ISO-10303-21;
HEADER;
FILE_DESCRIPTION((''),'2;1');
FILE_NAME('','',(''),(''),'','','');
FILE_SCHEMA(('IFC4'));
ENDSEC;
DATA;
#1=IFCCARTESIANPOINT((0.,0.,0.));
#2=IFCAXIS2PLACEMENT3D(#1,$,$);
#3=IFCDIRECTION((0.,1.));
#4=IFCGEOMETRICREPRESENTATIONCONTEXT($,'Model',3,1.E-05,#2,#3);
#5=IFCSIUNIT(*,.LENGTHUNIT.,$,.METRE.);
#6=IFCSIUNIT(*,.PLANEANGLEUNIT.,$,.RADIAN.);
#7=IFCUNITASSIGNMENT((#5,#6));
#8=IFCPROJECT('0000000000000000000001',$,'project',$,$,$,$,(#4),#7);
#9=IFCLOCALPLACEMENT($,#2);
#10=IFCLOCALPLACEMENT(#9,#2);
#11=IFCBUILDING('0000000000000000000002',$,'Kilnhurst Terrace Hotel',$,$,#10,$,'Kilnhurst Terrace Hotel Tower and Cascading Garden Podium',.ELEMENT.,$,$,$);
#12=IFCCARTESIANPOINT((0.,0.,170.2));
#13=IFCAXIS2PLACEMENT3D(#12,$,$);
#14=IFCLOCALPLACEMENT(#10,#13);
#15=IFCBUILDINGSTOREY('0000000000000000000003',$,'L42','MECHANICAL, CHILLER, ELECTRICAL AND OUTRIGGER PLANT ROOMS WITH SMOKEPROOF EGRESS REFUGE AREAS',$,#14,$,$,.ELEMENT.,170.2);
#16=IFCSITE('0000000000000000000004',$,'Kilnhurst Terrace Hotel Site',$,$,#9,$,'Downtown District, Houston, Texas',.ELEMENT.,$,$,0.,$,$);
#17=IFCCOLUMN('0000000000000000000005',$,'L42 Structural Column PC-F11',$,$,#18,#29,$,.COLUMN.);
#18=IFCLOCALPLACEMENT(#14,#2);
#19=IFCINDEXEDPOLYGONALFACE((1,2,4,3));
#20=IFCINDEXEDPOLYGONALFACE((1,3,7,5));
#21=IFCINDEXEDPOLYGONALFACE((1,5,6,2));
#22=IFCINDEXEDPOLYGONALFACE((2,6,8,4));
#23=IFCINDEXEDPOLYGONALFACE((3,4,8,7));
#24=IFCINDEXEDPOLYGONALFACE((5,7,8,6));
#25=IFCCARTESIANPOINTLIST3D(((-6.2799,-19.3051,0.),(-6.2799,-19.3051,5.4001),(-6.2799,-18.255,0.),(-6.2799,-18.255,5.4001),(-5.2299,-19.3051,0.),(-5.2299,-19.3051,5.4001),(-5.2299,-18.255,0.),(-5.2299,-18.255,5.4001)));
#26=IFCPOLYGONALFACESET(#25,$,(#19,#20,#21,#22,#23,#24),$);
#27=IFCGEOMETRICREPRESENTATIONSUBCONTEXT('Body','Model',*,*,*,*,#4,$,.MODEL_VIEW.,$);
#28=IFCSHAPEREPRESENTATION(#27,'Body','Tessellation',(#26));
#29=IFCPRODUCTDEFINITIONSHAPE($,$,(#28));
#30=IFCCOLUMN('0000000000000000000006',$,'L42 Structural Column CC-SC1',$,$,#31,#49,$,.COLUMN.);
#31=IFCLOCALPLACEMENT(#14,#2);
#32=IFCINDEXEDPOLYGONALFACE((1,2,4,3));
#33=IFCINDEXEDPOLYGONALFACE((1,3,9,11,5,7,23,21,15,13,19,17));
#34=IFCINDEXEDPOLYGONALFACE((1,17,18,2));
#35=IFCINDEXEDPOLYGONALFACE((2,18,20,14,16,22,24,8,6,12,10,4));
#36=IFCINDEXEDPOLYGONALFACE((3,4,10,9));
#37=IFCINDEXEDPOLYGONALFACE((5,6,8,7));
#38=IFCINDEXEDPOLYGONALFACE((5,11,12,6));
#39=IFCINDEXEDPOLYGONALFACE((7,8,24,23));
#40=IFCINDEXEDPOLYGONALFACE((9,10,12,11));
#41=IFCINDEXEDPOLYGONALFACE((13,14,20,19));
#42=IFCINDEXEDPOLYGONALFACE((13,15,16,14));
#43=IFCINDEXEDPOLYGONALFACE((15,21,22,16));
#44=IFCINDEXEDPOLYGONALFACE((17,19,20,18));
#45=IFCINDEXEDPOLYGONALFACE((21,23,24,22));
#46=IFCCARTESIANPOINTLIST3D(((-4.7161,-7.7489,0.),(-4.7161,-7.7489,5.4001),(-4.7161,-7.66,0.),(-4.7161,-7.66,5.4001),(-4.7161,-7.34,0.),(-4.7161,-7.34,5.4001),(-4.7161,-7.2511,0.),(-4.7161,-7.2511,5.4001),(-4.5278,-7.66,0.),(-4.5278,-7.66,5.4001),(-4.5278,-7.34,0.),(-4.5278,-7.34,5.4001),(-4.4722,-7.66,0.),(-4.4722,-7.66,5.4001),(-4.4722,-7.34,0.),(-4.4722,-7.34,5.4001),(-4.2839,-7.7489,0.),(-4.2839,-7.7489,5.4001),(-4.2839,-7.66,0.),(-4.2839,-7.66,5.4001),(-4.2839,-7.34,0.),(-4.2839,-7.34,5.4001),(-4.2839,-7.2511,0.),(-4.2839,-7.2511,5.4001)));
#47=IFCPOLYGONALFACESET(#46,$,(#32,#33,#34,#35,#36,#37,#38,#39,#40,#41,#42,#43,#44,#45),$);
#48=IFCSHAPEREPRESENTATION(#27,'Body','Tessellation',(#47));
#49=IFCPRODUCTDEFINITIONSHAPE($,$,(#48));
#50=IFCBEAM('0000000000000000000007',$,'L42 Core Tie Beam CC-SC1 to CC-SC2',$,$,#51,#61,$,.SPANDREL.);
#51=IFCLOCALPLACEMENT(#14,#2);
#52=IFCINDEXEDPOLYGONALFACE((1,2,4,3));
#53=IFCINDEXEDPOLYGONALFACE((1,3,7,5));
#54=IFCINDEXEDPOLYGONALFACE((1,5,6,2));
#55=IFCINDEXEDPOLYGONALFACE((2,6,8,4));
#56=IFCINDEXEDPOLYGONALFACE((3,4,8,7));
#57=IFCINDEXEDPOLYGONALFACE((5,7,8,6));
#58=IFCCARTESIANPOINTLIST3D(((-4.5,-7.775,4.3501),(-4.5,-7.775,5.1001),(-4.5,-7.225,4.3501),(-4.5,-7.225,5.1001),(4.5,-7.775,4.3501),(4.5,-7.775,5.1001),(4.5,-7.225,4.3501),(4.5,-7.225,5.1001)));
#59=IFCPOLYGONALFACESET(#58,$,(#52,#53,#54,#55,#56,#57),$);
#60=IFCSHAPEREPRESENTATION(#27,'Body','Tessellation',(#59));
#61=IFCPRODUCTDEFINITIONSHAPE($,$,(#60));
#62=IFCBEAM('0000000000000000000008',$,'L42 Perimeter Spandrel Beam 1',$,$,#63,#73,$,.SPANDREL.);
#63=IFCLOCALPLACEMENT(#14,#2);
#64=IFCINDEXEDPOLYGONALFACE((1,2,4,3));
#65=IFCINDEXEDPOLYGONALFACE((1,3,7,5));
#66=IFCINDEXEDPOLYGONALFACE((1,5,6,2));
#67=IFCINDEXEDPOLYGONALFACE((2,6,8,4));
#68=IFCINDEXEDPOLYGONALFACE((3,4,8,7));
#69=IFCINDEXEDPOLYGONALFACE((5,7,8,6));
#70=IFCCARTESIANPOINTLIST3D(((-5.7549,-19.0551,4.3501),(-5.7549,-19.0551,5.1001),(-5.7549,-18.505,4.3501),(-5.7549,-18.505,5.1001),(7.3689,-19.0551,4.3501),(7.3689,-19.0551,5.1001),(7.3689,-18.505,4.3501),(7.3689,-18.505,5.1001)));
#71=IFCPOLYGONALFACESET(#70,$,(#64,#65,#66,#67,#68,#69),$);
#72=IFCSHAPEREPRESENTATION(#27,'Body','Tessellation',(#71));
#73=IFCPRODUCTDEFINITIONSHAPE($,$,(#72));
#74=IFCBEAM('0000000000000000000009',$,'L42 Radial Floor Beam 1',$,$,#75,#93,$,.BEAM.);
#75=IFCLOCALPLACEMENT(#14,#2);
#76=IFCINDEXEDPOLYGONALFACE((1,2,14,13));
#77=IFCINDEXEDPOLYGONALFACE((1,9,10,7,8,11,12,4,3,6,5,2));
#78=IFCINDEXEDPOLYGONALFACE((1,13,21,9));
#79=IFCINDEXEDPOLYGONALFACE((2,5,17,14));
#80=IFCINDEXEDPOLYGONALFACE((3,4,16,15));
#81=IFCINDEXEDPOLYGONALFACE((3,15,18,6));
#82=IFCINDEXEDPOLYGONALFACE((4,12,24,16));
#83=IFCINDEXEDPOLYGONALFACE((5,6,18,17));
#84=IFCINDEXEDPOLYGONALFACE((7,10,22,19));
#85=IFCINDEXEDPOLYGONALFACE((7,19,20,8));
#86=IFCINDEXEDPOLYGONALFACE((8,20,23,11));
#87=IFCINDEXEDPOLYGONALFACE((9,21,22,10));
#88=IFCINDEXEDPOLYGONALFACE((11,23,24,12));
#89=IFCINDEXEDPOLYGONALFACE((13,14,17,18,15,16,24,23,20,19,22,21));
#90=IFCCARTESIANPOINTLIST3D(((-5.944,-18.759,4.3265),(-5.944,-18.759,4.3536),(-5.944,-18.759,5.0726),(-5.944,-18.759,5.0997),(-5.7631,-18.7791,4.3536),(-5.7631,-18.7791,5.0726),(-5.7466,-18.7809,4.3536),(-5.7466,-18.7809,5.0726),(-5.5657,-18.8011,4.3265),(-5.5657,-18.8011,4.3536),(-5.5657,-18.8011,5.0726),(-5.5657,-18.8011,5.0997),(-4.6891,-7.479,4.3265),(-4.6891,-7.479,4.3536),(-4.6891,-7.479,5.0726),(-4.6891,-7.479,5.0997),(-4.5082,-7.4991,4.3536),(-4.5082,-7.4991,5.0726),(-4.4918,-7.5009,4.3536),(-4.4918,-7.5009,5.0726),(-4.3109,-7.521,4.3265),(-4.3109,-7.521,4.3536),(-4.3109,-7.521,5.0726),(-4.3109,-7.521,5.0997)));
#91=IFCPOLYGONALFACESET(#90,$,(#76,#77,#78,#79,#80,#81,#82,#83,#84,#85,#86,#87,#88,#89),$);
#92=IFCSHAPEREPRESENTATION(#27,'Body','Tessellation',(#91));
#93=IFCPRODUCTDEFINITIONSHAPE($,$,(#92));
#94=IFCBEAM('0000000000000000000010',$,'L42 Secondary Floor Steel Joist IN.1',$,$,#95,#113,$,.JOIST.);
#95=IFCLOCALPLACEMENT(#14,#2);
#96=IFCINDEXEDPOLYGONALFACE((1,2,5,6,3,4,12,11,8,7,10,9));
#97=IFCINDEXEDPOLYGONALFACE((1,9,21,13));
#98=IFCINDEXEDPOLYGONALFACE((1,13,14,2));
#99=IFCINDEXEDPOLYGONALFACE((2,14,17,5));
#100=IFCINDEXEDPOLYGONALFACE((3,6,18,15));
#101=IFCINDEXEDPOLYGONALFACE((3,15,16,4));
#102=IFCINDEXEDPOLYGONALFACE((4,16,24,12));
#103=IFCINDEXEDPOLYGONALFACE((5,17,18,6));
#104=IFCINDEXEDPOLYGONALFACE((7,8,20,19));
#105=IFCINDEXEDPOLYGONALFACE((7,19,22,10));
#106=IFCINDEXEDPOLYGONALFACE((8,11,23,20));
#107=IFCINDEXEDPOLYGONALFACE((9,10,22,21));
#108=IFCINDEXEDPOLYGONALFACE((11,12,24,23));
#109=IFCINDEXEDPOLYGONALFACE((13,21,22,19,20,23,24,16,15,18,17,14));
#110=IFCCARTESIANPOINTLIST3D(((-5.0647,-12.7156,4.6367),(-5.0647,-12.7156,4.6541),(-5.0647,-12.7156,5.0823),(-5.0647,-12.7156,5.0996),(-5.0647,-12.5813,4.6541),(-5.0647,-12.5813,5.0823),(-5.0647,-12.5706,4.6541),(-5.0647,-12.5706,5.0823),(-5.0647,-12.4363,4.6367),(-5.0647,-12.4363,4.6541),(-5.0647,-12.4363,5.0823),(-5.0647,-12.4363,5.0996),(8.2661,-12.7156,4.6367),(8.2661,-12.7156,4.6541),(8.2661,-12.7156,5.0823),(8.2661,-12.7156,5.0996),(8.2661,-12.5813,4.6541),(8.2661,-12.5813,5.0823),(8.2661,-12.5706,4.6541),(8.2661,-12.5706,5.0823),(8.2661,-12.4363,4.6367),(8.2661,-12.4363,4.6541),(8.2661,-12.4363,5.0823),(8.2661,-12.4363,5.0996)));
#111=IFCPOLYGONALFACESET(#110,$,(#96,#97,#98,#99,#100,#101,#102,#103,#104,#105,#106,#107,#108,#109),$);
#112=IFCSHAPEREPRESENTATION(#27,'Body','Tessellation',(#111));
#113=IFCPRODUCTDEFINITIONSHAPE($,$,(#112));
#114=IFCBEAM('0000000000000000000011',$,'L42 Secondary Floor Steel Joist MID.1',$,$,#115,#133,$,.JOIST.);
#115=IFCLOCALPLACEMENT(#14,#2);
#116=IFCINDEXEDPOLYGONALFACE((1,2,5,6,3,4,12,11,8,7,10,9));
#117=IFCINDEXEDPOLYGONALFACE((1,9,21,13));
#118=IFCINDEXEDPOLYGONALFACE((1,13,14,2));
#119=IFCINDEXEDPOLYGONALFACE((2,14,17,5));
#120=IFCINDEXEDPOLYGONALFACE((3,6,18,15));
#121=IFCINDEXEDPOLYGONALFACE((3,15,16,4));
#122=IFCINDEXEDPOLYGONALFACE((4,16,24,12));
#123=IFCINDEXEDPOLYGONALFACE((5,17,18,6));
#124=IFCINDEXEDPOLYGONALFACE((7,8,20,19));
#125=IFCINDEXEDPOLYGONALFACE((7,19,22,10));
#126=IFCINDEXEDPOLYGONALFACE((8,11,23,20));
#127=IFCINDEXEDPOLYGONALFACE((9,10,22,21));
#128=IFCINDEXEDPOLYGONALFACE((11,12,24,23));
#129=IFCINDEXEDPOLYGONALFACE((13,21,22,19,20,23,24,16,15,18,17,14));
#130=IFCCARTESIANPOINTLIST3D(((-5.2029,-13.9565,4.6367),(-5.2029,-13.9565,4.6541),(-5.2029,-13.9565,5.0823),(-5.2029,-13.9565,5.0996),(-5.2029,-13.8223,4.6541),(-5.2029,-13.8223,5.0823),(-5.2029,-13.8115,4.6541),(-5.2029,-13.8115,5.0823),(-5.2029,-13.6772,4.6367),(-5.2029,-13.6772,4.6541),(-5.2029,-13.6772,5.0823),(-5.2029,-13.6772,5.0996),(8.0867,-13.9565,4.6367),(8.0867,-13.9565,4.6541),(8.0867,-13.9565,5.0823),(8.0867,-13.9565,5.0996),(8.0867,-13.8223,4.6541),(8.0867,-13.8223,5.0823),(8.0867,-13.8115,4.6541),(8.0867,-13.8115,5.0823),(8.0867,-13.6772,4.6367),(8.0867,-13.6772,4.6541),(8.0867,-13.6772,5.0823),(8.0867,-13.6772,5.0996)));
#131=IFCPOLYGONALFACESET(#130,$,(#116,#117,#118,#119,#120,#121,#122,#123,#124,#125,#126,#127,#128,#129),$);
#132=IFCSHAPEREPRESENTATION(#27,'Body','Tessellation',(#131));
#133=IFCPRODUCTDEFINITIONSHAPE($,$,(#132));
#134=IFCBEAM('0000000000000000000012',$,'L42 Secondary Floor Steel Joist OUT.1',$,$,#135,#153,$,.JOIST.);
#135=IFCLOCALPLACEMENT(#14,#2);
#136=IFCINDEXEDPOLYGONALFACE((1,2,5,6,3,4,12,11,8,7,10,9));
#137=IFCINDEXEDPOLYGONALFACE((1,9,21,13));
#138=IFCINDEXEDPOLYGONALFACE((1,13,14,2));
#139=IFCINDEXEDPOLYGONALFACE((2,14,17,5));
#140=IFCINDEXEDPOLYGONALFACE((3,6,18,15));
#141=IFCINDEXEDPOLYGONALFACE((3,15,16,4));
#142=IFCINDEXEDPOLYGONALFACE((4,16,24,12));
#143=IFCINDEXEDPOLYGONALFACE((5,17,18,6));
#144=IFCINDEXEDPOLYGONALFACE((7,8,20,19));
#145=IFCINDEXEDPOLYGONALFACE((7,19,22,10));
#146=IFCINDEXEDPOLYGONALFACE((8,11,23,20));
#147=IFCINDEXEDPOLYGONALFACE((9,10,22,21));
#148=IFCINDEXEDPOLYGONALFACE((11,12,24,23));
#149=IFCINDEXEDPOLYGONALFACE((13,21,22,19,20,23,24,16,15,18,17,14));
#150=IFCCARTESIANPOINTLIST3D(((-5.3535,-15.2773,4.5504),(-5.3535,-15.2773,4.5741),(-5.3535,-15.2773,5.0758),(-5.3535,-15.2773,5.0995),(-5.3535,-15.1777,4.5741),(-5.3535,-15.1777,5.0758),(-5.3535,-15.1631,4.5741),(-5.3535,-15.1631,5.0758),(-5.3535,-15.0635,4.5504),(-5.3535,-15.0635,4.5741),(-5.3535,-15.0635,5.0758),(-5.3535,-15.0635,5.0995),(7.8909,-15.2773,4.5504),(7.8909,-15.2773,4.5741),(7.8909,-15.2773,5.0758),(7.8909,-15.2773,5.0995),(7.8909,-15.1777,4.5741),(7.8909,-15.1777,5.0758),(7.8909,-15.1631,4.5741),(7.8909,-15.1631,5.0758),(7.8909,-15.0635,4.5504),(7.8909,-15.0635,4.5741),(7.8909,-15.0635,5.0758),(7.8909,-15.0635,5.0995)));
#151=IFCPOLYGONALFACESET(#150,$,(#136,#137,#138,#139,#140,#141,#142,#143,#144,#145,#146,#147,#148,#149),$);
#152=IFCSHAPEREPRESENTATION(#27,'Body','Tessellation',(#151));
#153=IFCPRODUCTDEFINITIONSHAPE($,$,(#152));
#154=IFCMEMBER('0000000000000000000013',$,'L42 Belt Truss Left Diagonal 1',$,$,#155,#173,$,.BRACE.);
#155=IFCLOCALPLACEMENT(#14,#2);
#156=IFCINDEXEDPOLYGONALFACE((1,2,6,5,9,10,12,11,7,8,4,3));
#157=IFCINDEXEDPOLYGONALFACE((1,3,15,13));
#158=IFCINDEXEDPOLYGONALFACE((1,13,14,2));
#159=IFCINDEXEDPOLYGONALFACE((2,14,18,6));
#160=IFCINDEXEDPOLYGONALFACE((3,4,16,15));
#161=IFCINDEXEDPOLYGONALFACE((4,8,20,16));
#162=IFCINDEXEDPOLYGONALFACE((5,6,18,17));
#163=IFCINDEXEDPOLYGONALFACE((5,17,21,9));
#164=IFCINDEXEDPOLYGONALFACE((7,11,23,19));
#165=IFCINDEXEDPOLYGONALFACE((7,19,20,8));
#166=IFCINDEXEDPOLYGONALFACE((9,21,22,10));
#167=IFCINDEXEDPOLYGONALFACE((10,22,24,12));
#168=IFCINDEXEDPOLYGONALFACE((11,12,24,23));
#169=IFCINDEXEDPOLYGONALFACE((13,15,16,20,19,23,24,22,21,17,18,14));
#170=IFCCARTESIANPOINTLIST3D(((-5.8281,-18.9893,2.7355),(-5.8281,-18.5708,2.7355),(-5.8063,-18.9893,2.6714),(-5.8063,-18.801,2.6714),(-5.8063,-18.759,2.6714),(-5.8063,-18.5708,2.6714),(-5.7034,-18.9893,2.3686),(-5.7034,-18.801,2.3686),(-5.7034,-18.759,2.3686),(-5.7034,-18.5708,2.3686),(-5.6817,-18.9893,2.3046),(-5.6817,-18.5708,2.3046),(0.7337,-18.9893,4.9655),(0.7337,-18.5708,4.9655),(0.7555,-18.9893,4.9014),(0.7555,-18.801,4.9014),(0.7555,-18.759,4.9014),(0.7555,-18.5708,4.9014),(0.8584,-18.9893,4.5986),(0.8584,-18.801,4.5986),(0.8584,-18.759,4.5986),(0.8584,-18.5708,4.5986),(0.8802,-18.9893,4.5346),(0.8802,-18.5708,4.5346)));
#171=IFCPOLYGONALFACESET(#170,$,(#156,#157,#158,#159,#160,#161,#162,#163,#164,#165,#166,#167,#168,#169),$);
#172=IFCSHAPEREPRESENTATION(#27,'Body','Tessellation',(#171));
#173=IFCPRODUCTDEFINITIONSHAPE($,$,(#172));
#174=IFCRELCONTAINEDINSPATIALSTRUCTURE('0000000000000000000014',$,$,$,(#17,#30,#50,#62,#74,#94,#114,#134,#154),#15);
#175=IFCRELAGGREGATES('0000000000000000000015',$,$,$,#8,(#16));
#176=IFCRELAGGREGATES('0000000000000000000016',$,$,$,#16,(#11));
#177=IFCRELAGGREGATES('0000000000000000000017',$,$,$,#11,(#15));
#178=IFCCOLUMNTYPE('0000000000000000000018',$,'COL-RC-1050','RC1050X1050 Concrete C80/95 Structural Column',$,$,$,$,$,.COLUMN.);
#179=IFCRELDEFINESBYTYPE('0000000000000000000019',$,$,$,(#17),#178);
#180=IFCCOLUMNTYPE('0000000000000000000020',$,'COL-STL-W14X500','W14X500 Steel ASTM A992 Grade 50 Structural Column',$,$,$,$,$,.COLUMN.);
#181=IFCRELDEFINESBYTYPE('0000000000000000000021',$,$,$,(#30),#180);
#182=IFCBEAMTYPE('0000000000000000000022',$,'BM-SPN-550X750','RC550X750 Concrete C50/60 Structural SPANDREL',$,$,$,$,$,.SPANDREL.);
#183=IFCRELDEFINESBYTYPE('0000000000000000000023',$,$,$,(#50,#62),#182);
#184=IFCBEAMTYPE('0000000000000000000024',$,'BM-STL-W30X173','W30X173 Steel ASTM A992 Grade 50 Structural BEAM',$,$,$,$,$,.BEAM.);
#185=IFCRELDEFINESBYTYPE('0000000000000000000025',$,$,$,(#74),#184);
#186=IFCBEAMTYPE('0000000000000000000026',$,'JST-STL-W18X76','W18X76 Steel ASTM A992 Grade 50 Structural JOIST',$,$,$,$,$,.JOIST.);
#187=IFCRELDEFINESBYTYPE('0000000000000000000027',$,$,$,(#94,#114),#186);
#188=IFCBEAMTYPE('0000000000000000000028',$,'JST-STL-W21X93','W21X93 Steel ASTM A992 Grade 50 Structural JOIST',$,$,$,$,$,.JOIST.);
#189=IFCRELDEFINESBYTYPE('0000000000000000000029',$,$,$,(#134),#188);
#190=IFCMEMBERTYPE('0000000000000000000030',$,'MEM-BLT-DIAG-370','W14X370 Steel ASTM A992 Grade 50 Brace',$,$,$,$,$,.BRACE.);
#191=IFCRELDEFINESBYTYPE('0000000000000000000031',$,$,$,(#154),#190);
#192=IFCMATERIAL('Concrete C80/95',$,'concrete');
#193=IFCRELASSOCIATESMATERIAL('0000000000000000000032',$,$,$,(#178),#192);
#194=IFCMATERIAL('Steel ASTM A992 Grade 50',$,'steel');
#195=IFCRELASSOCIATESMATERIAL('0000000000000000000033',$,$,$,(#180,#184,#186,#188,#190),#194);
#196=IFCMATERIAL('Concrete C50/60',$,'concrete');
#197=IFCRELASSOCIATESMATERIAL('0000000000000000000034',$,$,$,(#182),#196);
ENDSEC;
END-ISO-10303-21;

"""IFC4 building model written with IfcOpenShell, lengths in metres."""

from ifc_helpers import new_model, si_unit, direction, frame, origin, origin_2d, place, context, subcontext, project, spatial, rectangle, i_section, extrude, material, material_profile, profile_set, type_object, element, save


model = new_model("IFC4")

# Units and contexts
model_context = context("Model", 3, precision=1e-05, world=origin(), true_north=direction((0.0, 1.0)))
body_context = subcontext(model_context, "Body", "Model", "MODEL_VIEW")
ifc_project = project(units=[si_unit("LENGTHUNIT", "METRE"), si_unit("PLANEANGLEUNIT", "RADIAN")], contexts=[model_context])

# Site, building, storey
site_placement = place(None, origin())
site = spatial("IfcSite", under=ifc_project, at=site_placement, Name="Kilnhurst Terrace Hotel Site", LongName="Downtown District, Houston, Texas", CompositionType="ELEMENT", RefElevation=0.0)
building_placement = place(site_placement, origin())
building = spatial("IfcBuilding", under=site, at=building_placement, Name="Kilnhurst Terrace Hotel", LongName="Kilnhurst Terrace Hotel Tower and Cascading Garden Podium", CompositionType="ELEMENT")
storey_placement = place(building_placement, frame((0.0, 0.0, 170.2)))
storey = spatial("IfcBuildingStorey", under=building, at=storey_placement, Name="L42", Description="MECHANICAL, CHILLER, ELECTRICAL AND OUTRIGGER PLANT ROOMS WITH SMOKEPROOF EGRESS REFUGE AREAS", CompositionType="ELEMENT", Elevation=170.2)

# Columns
ifc_material_1 = material(Name="Concrete C80/95", Category="concrete")
ifc_material_profile_1 = material_profile(ifc_material_1, rectangle(XDim=1.05, YDim=1.05, at=origin_2d()), Name="RC1050X1050")
ifc_profile_set_1 = profile_set([ifc_material_profile_1], Name="Concrete C80/95")
column_type_1 = type_object("IfcColumnType", Name="COL-RC-1050", Description="RC1050X1050 Concrete C80/95 Structural Column", PredefinedType="COLUMN", material=ifc_profile_set_1)
column_1_placement = place(storey_placement, frame((-5.7549, -18.78, 0.0), z_axis=(0.0, 0.0, 1.0), x_axis=(1.0, 0.0, 0.0)))
element("IfcColumn", 1, at=column_1_placement, inside=storey, type_object=column_type_1, Name="L42 Structural Column PC-F11", PredefinedType="COLUMN", context=body_context, shape_type="SweptSolid", body=[
    extrude(rectangle(XDim=1.05, YDim=1.05, at=origin_2d()), origin(), (0.0, 0.0, 1.0), 5.4001),
])
ifc_material_2 = material(Name="Steel ASTM A992 Grade 50", Category="steel")
ifc_material_profile_2 = material_profile(ifc_material_2, i_section(OverallWidth=0.4321, OverallDepth=0.4978, WebThickness=0.0557, FlangeThickness=0.0889, at=origin_2d()), Name="W14X500")
ifc_profile_set_2 = profile_set([ifc_material_profile_2], Name="Steel ASTM A992 Grade 50")
column_type_2 = type_object("IfcColumnType", Name="COL-STL-W14X500", Description="W14X500 Steel ASTM A992 Grade 50 Structural Column", PredefinedType="COLUMN", material=ifc_profile_set_2)
column_2_placement = place(storey_placement, frame((-4.5, -7.5, 0.0), z_axis=(0.0, 0.0, 1.0), x_axis=(1.0, 0.0, 0.0)))
element("IfcColumn", 2, at=column_2_placement, inside=storey, type_object=column_type_2, Name="L42 Structural Column CC-SC1", PredefinedType="COLUMN", context=body_context, shape_type="SweptSolid", body=[
    extrude(i_section(OverallWidth=0.4321, OverallDepth=0.4978, WebThickness=0.0557, FlangeThickness=0.0889, at=origin_2d()), origin(), (0.0, 0.0, 1.0), 5.4001),
])

# Beams
ifc_material_3 = material(Name="Concrete C50/60", Category="concrete")
ifc_material_profile_3 = material_profile(ifc_material_3, rectangle(XDim=0.55, YDim=0.75, at=origin_2d()), Name="RC550X750")
ifc_profile_set_3 = profile_set([ifc_material_profile_3], Name="Concrete C50/60")
beam_type_1 = type_object("IfcBeamType", Name="BM-SPN-550X750", Description="RC550X750 Concrete C50/60 Structural SPANDREL", PredefinedType="SPANDREL", material=ifc_profile_set_3)
beam_1_placement = place(storey_placement, frame((-4.5, -7.5, 4.7251), z_axis=(1.0, 0.0, 0.0), x_axis=(0.0, 1.0, 0.0)))
element("IfcBeam", 3, at=beam_1_placement, inside=storey, type_object=beam_type_1, Name="L42 Core Tie Beam CC-SC1 to CC-SC2", PredefinedType="SPANDREL", context=body_context, shape_type="SweptSolid", body=[
    extrude(rectangle(XDim=0.55, YDim=0.75, at=origin_2d()), origin(), (0.0, 0.0, 1.0), 9.0),
])
beam_2_placement = place(storey_placement, frame((-5.7549, -18.78, 4.7251), z_axis=(1.0, 0.0, 0.0), x_axis=(0.0, 1.0, 0.0)))
element("IfcBeam", 4, at=beam_2_placement, inside=storey, type_object=beam_type_1, Name="L42 Perimeter Spandrel Beam 1", PredefinedType="SPANDREL", context=body_context, shape_type="SweptSolid", body=[
    extrude(rectangle(XDim=0.55, YDim=0.75, at=origin_2d()), origin(), (0.0, 0.0, 1.0), 13.1238),
])
ifc_material_profile_4 = material_profile(ifc_material_2, i_section(OverallWidth=0.3806, OverallDepth=0.7732, WebThickness=0.0166, FlangeThickness=0.0271, at=origin_2d()), Name="W30X173")
ifc_profile_set_4 = profile_set([ifc_material_profile_4], Name="Steel ASTM A992 Grade 50")
beam_type_2 = type_object("IfcBeamType", Name="BM-STL-W30X173", Description="W30X173 Steel ASTM A992 Grade 50 Structural BEAM", PredefinedType="BEAM", material=ifc_profile_set_4)
beam_3_placement = place(storey_placement, frame((-4.5, -7.5, 4.7131), z_axis=(-0.110566, -0.993869, 0.0), x_axis=(0.993869, -0.110566, 0.0)))
element("IfcBeam", 5, at=beam_3_placement, inside=storey, type_object=beam_type_2, Name="L42 Radial Floor Beam 1", PredefinedType="BEAM", context=body_context, shape_type="SweptSolid", body=[
    extrude(i_section(OverallWidth=0.3806, OverallDepth=0.7732, WebThickness=0.0166, FlangeThickness=0.0271, at=origin_2d()), origin(), (0.0, 0.0, 1.0), 11.3496),
])
ifc_material_profile_5 = material_profile(ifc_material_2, i_section(OverallWidth=0.2793, OverallDepth=0.4629, WebThickness=0.0107, FlangeThickness=0.0173, at=origin_2d()), Name="W18X76")
ifc_profile_set_5 = profile_set([ifc_material_profile_5], Name="Steel ASTM A992 Grade 50")
beam_type_3 = type_object("IfcBeamType", Name="JST-STL-W18X76", Description="W18X76 Steel ASTM A992 Grade 50 Structural JOIST", PredefinedType="JOIST", material=ifc_profile_set_5)
beam_4_placement = place(storey_placement, frame((-5.0647, -12.5759, 4.8682), z_axis=(1.0, 0.0, 0.0), x_axis=(0.0, 1.0, 0.0)))
element("IfcBeam", 6, at=beam_4_placement, inside=storey, type_object=beam_type_3, Name="L42 Secondary Floor Steel Joist IN.1", PredefinedType="JOIST", context=body_context, shape_type="SweptSolid", body=[
    extrude(i_section(OverallWidth=0.2793, OverallDepth=0.4629, WebThickness=0.0107, FlangeThickness=0.0173, at=origin_2d()), origin(), (0.0, 0.0, 1.0), 13.3308),
])
beam_5_placement = place(storey_placement, frame((-5.2029, -13.8169, 4.8682), z_axis=(1.0, 0.0, 0.0), x_axis=(0.0, 1.0, 0.0)))
element("IfcBeam", 7, at=beam_5_placement, inside=storey, type_object=beam_type_3, Name="L42 Secondary Floor Steel Joist MID.1", PredefinedType="JOIST", context=body_context, shape_type="SweptSolid", body=[
    extrude(i_section(OverallWidth=0.2793, OverallDepth=0.4629, WebThickness=0.0107, FlangeThickness=0.0173, at=origin_2d()), origin(), (0.0, 0.0, 1.0), 13.2896),
])
ifc_material_profile_6 = material_profile(ifc_material_2, i_section(OverallWidth=0.2139, OverallDepth=0.5491, WebThickness=0.0146, FlangeThickness=0.0237, at=origin_2d()), Name="W21X93")
ifc_profile_set_6 = profile_set([ifc_material_profile_6], Name="Steel ASTM A992 Grade 50")
beam_type_4 = type_object("IfcBeamType", Name="JST-STL-W21X93", Description="W21X93 Steel ASTM A992 Grade 50 Structural JOIST", PredefinedType="JOIST", material=ifc_profile_set_6)
beam_6_placement = place(storey_placement, frame((-5.3535, -15.1704, 4.825), z_axis=(1.0, 0.0, 0.0), x_axis=(0.0, 1.0, 0.0)))
element("IfcBeam", 8, at=beam_6_placement, inside=storey, type_object=beam_type_4, Name="L42 Secondary Floor Steel Joist OUT.1", PredefinedType="JOIST", context=body_context, shape_type="SweptSolid", body=[
    extrude(i_section(OverallWidth=0.2139, OverallDepth=0.5491, WebThickness=0.0146, FlangeThickness=0.0237, at=origin_2d()), origin(), (0.0, 0.0, 1.0), 13.2444),
])

# Member
ifc_material_profile_7 = material_profile(ifc_material_2, i_section(OverallWidth=0.4185, OverallDepth=0.4551, WebThickness=0.042, FlangeThickness=0.0676, at=origin_2d()), Name="W14X370")
ifc_profile_set_7 = profile_set([ifc_material_profile_7], Name="Steel ASTM A992 Grade 50")
member_type_1 = type_object("IfcMemberType", Name="MEM-BLT-DIAG-370", Description="W14X370 Steel ASTM A992 Grade 50 Brace", PredefinedType="BRACE", material=ifc_profile_set_7)
member_1_placement = place(storey_placement, frame((-5.7549, -18.78, 2.52), z_axis=(0.946818, 0.0, 0.321771), x_axis=(0.0, 1.0, 0.0)))
element("IfcMember", 9, at=member_1_placement, inside=storey, type_object=member_type_1, Name="L42 Belt Truss Left Diagonal 1", PredefinedType="BRACE", context=body_context, shape_type="SweptSolid", body=[
    extrude(i_section(OverallWidth=0.4185, OverallDepth=0.4551, WebThickness=0.042, FlangeThickness=0.0676, at=origin_2d()), origin(), (0.0, 0.0, 1.0), 6.9304),
])

save(model, "model.ifc")
